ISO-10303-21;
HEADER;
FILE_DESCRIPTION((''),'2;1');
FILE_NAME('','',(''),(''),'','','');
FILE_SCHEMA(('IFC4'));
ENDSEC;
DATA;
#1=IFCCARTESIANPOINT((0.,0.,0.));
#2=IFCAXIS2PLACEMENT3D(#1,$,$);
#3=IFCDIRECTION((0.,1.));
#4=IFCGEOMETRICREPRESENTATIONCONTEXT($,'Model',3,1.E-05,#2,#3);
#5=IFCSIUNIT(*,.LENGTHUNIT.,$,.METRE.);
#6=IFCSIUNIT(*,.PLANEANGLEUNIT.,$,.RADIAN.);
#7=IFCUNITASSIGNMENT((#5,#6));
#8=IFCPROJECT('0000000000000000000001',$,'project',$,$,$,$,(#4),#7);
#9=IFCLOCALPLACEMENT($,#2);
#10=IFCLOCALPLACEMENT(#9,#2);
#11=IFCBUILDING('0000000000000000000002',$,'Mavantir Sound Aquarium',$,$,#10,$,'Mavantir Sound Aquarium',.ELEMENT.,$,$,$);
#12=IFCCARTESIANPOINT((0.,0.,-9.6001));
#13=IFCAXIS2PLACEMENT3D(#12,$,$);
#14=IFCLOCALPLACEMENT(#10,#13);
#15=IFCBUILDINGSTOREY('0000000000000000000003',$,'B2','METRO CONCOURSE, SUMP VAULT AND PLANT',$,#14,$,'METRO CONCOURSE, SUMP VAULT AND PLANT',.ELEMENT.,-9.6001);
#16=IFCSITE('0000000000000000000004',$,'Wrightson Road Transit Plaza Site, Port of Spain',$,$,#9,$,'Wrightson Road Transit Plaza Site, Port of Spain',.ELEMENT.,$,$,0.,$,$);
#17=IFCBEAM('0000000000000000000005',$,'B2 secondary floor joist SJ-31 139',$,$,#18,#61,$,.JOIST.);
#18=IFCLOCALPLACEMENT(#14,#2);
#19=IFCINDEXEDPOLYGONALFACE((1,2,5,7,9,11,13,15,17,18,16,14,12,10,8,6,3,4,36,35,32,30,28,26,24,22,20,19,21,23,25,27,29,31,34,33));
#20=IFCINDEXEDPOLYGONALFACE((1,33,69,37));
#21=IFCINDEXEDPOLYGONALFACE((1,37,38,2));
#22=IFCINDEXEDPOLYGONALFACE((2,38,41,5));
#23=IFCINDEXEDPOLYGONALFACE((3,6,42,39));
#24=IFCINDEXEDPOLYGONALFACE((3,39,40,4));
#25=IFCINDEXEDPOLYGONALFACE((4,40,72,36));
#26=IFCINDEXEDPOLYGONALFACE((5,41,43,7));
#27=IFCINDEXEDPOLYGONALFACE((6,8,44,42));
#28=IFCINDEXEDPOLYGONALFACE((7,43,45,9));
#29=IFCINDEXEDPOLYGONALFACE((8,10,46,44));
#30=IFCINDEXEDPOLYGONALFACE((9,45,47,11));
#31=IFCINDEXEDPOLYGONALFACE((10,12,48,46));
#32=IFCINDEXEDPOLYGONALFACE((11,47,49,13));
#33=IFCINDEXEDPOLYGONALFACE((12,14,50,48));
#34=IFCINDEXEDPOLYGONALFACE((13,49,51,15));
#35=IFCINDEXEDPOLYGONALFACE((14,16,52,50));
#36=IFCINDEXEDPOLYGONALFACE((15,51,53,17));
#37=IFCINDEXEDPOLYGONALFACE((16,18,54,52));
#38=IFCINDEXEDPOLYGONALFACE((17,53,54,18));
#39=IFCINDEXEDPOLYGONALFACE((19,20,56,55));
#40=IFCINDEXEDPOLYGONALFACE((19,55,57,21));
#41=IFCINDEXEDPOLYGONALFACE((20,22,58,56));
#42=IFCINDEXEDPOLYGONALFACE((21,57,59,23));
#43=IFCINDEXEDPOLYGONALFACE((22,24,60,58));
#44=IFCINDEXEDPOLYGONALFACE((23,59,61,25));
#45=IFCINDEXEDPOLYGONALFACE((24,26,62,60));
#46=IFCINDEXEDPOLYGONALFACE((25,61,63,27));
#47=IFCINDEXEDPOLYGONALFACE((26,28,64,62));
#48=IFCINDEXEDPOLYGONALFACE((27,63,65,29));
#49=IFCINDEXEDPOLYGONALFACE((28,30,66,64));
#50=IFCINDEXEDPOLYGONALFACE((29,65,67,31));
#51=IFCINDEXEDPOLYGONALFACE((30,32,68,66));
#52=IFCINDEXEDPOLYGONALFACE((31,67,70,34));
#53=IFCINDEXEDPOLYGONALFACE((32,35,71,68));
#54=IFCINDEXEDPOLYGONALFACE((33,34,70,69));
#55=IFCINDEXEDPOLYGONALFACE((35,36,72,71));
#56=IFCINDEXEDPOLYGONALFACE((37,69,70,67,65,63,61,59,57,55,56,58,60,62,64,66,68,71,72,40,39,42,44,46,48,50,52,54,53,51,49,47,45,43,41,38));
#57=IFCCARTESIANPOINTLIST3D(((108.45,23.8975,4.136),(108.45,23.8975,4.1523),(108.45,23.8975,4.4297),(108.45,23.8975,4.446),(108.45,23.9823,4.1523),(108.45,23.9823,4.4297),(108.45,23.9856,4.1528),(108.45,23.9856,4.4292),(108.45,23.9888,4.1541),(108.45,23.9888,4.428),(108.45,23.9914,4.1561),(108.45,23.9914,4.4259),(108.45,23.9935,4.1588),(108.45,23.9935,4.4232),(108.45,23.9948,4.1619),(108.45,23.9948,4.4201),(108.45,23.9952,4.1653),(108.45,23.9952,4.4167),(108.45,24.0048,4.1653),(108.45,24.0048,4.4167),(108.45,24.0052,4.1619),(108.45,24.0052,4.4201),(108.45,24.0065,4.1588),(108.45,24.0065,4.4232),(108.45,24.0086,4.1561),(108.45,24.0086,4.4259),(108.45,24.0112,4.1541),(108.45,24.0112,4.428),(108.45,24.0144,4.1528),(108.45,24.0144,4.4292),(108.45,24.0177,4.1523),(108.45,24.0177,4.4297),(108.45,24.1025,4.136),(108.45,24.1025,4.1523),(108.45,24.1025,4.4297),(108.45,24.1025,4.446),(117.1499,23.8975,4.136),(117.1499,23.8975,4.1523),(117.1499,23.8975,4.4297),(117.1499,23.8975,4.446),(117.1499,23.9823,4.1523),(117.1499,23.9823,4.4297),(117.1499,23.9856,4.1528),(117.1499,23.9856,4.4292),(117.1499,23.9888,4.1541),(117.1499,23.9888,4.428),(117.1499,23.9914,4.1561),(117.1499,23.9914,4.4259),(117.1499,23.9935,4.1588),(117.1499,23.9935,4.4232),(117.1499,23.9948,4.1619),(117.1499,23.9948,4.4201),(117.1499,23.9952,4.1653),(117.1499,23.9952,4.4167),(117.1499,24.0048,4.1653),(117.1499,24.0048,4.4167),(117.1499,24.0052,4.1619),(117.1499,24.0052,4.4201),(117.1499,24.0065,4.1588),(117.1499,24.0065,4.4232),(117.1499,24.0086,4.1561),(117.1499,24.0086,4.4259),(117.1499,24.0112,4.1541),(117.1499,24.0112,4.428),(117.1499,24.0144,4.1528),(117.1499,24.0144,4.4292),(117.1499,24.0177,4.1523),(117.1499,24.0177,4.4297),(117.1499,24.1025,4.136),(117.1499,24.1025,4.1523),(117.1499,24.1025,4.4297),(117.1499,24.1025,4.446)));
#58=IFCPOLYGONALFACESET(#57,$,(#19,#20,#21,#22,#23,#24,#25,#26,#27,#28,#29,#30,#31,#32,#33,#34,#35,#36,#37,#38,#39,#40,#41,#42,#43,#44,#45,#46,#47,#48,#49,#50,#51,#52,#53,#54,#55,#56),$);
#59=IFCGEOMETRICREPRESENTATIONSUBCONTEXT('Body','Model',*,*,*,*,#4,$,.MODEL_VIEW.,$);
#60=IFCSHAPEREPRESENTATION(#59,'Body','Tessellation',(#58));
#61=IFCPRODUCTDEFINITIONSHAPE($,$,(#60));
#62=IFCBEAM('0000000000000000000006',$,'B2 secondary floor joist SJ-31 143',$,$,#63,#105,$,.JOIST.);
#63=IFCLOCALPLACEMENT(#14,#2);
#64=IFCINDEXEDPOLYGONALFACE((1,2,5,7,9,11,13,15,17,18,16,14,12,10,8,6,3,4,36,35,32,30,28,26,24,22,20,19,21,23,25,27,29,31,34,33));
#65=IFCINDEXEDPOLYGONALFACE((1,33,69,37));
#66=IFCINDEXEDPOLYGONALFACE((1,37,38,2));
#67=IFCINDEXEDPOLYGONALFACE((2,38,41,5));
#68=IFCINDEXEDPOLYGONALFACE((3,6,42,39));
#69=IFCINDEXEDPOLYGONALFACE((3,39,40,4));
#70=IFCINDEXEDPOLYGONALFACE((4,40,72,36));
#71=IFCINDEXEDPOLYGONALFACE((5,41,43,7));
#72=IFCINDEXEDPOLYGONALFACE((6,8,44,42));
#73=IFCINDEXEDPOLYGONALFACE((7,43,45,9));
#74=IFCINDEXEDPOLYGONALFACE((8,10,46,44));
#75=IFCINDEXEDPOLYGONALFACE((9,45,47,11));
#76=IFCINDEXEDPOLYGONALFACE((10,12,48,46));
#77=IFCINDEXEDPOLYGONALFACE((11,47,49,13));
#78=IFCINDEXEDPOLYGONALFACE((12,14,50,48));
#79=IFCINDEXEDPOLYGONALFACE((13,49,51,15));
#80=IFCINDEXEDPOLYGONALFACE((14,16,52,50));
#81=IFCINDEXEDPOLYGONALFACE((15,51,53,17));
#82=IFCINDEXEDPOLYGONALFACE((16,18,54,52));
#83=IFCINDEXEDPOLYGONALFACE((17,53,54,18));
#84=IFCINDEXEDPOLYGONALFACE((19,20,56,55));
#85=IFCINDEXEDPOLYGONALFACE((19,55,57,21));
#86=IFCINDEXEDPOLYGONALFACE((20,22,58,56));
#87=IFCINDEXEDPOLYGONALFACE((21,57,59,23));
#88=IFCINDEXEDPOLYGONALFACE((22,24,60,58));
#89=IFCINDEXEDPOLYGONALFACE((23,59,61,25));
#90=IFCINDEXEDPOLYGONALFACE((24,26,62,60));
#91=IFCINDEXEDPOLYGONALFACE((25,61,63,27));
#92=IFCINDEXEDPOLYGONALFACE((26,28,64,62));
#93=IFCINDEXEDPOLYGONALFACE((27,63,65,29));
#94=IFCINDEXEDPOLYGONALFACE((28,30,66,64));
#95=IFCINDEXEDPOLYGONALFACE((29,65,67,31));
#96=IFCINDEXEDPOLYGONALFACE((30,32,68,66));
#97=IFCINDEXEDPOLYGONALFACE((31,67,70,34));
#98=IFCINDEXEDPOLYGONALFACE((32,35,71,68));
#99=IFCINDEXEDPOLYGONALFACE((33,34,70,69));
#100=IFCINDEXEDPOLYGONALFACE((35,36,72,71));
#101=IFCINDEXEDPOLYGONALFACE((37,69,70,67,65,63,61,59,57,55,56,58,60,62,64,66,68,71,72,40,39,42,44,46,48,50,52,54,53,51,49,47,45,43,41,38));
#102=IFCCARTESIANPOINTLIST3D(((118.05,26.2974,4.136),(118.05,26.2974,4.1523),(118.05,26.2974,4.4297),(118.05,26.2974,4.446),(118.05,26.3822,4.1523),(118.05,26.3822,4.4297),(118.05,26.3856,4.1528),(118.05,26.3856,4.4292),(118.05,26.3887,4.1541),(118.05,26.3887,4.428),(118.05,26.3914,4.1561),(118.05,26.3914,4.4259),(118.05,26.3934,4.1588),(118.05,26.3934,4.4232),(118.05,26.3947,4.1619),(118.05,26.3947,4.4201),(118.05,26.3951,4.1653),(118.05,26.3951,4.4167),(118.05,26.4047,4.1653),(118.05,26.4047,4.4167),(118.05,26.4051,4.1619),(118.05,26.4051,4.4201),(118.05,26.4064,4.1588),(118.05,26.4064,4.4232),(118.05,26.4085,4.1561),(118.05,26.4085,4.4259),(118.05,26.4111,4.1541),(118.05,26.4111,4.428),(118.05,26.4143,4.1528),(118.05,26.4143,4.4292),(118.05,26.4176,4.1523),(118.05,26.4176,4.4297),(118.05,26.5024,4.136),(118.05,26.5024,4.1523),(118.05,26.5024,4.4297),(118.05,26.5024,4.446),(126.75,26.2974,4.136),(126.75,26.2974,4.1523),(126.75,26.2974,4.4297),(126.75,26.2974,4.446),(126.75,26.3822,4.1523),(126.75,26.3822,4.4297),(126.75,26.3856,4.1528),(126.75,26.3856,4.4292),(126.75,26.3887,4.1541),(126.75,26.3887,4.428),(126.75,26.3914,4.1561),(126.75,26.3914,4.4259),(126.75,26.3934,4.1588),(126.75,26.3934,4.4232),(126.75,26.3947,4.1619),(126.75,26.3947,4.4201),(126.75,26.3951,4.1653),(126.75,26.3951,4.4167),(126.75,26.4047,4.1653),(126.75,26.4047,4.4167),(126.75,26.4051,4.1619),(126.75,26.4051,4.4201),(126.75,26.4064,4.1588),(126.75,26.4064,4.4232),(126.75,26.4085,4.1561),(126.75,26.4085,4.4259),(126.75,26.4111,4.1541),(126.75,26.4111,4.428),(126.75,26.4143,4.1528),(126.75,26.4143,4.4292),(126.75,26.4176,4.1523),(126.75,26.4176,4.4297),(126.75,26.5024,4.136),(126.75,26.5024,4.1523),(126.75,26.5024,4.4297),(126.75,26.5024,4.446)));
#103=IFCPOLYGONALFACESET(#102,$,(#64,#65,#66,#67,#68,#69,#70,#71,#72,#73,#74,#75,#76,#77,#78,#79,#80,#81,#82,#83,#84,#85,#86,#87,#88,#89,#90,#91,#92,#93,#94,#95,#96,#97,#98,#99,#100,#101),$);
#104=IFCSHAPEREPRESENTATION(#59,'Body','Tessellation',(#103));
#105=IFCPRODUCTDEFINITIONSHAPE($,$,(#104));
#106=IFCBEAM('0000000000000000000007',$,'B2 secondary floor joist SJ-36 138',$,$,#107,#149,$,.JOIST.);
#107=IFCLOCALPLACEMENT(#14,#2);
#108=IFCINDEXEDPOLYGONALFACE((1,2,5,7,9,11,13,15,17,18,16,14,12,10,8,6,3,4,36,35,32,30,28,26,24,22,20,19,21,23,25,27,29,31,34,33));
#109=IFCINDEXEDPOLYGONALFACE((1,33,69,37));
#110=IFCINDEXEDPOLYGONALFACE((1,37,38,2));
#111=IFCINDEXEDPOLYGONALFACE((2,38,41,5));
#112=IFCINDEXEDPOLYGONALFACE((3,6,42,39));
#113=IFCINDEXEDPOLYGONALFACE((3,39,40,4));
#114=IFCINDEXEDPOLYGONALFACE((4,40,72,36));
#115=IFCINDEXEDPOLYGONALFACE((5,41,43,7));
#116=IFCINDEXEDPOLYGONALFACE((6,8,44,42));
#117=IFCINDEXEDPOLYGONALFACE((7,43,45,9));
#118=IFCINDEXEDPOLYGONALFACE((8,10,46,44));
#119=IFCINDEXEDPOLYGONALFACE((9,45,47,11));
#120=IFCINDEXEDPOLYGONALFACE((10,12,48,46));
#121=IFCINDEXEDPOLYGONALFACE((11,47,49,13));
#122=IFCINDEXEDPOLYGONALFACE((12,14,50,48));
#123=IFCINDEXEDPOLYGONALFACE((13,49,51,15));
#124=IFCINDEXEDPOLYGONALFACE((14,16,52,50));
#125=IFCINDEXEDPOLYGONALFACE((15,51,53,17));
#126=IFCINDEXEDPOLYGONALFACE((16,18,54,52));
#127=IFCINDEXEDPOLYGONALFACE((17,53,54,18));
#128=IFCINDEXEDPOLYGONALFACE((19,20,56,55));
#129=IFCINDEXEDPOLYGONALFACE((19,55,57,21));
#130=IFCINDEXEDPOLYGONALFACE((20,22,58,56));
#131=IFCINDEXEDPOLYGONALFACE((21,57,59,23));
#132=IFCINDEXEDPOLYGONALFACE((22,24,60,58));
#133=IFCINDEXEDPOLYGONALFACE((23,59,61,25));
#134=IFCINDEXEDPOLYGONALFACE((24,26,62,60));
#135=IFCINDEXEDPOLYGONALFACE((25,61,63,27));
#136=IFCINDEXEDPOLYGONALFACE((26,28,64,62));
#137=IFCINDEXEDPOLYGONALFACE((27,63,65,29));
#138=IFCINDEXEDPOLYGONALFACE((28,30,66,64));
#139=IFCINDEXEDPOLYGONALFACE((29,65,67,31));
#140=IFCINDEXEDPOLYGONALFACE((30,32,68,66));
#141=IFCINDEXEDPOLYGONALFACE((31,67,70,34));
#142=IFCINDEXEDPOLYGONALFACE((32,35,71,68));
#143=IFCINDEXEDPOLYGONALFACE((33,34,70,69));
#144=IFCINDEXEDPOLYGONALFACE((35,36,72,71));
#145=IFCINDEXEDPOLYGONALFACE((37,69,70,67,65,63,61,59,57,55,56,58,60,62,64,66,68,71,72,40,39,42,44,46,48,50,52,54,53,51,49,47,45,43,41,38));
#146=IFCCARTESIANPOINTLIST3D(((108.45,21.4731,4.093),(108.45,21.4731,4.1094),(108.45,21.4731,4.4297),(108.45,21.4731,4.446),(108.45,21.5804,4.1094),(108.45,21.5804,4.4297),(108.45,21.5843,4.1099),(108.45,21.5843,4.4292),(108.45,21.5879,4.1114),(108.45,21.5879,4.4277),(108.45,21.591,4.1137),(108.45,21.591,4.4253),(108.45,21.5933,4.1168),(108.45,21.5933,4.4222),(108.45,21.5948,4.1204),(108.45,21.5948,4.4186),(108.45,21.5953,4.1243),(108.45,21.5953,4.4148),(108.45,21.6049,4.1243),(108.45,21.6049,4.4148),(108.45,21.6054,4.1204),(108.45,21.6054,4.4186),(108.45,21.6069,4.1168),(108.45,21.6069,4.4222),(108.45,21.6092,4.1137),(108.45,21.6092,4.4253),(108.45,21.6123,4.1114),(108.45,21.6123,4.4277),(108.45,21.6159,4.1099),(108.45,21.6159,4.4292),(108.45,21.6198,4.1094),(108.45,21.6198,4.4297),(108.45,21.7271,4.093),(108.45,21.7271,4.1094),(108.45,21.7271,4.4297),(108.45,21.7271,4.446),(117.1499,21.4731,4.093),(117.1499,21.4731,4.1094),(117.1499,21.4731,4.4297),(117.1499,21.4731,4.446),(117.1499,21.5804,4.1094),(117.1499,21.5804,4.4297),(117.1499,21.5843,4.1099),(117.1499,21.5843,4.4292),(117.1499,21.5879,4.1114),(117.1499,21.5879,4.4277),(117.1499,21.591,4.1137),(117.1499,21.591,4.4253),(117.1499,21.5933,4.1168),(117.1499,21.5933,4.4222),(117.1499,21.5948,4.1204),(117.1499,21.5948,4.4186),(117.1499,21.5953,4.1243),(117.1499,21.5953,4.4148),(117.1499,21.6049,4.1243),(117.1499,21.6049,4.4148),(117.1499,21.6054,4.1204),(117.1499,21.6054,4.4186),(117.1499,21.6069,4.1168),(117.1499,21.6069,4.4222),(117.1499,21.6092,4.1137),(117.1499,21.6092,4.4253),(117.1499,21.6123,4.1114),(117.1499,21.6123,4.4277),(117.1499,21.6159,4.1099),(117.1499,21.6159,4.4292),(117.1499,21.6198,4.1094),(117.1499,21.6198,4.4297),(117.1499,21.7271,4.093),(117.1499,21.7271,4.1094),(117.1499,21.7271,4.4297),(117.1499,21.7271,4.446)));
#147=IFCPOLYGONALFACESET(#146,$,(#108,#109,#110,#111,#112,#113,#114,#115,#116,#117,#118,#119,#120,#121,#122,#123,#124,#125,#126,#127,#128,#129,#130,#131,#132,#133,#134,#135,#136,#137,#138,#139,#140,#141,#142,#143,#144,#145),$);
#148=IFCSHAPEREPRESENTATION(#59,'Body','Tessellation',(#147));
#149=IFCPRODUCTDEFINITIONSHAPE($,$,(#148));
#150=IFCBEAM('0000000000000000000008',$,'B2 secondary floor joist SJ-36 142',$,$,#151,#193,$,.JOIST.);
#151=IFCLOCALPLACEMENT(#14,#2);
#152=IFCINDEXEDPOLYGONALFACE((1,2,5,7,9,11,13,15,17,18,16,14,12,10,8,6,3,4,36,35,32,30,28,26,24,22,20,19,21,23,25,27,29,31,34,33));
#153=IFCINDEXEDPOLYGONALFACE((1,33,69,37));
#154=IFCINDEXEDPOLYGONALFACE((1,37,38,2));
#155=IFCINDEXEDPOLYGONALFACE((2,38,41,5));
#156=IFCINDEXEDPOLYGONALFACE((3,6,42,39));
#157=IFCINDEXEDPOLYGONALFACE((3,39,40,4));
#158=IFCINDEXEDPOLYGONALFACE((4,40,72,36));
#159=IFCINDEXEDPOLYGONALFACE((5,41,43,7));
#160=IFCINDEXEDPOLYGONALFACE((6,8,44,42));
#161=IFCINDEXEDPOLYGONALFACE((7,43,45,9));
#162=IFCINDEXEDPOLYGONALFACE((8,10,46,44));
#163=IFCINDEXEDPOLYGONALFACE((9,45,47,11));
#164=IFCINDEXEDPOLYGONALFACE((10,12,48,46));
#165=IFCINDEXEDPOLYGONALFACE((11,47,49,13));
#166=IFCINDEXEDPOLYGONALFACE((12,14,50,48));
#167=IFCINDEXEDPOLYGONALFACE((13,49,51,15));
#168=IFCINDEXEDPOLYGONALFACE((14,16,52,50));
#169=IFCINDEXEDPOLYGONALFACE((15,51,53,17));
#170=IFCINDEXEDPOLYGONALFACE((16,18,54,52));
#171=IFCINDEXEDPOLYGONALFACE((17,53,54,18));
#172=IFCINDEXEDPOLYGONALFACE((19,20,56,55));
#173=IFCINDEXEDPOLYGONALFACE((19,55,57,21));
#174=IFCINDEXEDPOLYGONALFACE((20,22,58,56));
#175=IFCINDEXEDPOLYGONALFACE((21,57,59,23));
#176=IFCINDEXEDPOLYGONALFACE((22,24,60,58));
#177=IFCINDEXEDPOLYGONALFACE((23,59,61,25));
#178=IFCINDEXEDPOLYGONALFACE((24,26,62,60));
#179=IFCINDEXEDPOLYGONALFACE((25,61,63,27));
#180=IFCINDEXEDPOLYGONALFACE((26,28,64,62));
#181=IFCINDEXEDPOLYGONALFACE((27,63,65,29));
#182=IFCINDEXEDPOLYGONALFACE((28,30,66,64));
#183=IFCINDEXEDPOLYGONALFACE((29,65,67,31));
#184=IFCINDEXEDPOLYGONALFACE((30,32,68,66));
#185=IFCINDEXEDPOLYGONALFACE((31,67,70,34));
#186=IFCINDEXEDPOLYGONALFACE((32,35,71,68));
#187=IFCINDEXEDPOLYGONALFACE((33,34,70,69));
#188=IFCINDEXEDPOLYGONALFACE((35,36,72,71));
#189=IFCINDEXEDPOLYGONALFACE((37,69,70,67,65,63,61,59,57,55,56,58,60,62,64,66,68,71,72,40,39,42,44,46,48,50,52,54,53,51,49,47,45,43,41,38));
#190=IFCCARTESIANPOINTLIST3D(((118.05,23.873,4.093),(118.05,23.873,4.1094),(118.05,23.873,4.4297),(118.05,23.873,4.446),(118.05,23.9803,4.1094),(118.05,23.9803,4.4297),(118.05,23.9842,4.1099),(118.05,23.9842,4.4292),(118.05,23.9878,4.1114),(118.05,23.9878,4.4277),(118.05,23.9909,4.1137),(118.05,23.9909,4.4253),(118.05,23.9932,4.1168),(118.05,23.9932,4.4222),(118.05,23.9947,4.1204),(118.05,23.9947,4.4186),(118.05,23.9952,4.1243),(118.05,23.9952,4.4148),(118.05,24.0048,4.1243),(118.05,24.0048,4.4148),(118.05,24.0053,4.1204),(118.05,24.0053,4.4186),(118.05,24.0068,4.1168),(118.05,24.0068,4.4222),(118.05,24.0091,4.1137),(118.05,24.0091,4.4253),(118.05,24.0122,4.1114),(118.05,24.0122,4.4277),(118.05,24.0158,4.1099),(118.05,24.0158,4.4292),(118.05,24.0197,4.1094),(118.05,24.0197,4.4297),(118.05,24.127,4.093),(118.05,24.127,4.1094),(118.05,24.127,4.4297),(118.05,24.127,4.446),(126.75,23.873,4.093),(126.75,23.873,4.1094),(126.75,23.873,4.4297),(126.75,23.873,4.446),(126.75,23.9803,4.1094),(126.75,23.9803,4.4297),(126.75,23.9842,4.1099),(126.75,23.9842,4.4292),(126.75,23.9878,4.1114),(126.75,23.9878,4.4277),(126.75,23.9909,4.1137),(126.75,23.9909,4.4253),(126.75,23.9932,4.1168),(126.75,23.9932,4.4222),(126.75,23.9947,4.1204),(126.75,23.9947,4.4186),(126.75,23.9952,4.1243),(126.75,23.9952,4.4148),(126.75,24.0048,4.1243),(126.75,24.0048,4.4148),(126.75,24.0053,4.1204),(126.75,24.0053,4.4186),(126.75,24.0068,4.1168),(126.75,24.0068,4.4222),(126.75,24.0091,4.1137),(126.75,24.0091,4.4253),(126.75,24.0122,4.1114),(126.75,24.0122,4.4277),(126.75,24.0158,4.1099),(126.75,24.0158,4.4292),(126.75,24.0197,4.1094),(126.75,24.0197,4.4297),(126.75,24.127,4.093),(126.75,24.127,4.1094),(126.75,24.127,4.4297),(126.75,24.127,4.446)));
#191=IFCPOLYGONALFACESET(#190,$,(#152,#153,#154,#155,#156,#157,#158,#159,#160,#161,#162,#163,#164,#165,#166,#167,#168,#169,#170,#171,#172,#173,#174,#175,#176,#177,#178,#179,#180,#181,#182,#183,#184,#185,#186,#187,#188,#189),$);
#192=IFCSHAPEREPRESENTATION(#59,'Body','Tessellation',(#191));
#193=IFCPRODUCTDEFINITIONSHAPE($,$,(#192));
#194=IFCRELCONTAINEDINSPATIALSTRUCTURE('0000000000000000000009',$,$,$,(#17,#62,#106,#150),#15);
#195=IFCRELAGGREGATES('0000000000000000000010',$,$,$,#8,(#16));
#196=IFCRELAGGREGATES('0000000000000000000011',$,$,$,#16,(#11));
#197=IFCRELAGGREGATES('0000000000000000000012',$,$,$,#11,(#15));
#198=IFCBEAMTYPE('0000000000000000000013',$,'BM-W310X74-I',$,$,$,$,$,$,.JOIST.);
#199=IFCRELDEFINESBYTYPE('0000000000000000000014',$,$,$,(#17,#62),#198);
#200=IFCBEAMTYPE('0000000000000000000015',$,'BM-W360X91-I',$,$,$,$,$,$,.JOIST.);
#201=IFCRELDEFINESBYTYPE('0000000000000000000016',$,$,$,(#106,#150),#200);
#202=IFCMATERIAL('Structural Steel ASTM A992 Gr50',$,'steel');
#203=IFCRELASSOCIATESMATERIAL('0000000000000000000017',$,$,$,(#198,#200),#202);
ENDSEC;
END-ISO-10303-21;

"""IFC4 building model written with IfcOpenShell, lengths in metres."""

from ifc_helpers import new_model, si_unit, direction, frame, origin, origin_2d, place, context, subcontext, project, spatial, i_section, extrude, material, material_profile, profile_set, type_object, element, save


model = new_model("IFC4")

# Units and contexts
model_context = context("Model", 3, precision=1e-05, world=origin(), true_north=direction((0.0, 1.0)))
body_context = subcontext(model_context, "Body", "Model", "MODEL_VIEW")
ifc_project = project(units=[si_unit("LENGTHUNIT", "METRE"), si_unit("PLANEANGLEUNIT", "RADIAN")], contexts=[model_context])

# Site, building, storey
site_placement = place(None, origin())
site = spatial("IfcSite", under=ifc_project, at=site_placement, Name="Wrightson Road Transit Plaza Site, Port of Spain", LongName="Wrightson Road Transit Plaza Site, Port of Spain", CompositionType="ELEMENT", RefElevation=0.0)
building_placement = place(site_placement, origin())
building = spatial("IfcBuilding", under=site, at=building_placement, Name="Mavantir Sound Aquarium", LongName="Mavantir Sound Aquarium", CompositionType="ELEMENT")
storey_placement = place(building_placement, frame((0.0, 0.0, -9.6001)))
storey = spatial("IfcBuildingStorey", under=building, at=storey_placement, Name="B2", Description="METRO CONCOURSE, SUMP VAULT AND PLANT", LongName="METRO CONCOURSE, SUMP VAULT AND PLANT", CompositionType="ELEMENT", Elevation=-9.6001)

# Beams
ifc_material_1 = material(Name="Structural Steel ASTM A992 Gr50", Category="steel")
ifc_material_profile_1 = material_profile(ifc_material_1, i_section(OverallWidth=0.2051, OverallDepth=0.3101, WebThickness=0.0095, FlangeThickness=0.0164, FilletRadius=0.0129, at=origin_2d()), Name="W310X74")
ifc_profile_set_1 = profile_set([ifc_material_profile_1], Name="Structural Steel ASTM A992 Gr50")
beam_type_1 = type_object("IfcBeamType", Name="BM-W310X74-I", PredefinedType="JOIST", material=ifc_profile_set_1)
for number, where, z_axis, x_axis, name in (
    (1, (108.45, 24.0, 4.291), (1.0, 0.0, 0.0), (0.0, 1.0, 0.0), "B2 secondary floor joist SJ-31 139"),
    (2, (118.05, 26.3999, 4.291), (1.0, 0.0, 0.0), (0.0, 1.0, 0.0), "B2 secondary floor joist SJ-31 143"),
):
    element("IfcBeam", number, at=place(storey_placement, frame(where, z_axis=z_axis, x_axis=x_axis)), inside=storey, type_object=beam_type_1, Name=name, PredefinedType="JOIST", context=body_context, shape_type="SweptSolid", body=[
        extrude(i_section(OverallWidth=0.2051, OverallDepth=0.3101, WebThickness=0.0095, FlangeThickness=0.0164, FilletRadius=0.0129, at=origin_2d()), origin(), (0.0, 0.0, 1.0), 8.7),
    ])
ifc_material_profile_2 = material_profile(ifc_material_1, i_section(OverallWidth=0.2539, OverallDepth=0.353, WebThickness=0.0095, FlangeThickness=0.0164, FilletRadius=0.0149, at=origin_2d()), Name="W360X91")
ifc_profile_set_2 = profile_set([ifc_material_profile_2], Name="Structural Steel ASTM A992 Gr50")
beam_type_2 = type_object("IfcBeamType", Name="BM-W360X91-I", PredefinedType="JOIST", material=ifc_profile_set_2)
for number, where, z_axis, x_axis, name in (
    (3, (108.45, 21.6001, 4.2695), (1.0, 0.0, 0.0), (0.0, 1.0, 0.0), "B2 secondary floor joist SJ-36 138"),
    (4, (118.05, 24.0, 4.2695), (1.0, 0.0, 0.0), (0.0, 1.0, 0.0), "B2 secondary floor joist SJ-36 142"),
):
    element("IfcBeam", number, at=place(storey_placement, frame(where, z_axis=z_axis, x_axis=x_axis)), inside=storey, type_object=beam_type_2, Name=name, PredefinedType="JOIST", context=body_context, shape_type="SweptSolid", body=[
        extrude(i_section(OverallWidth=0.2539, OverallDepth=0.353, WebThickness=0.0095, FlangeThickness=0.0164, FilletRadius=0.0149, at=origin_2d()), origin(), (0.0, 0.0, 1.0), 8.7),
    ])

save(model, "model.ifc")
